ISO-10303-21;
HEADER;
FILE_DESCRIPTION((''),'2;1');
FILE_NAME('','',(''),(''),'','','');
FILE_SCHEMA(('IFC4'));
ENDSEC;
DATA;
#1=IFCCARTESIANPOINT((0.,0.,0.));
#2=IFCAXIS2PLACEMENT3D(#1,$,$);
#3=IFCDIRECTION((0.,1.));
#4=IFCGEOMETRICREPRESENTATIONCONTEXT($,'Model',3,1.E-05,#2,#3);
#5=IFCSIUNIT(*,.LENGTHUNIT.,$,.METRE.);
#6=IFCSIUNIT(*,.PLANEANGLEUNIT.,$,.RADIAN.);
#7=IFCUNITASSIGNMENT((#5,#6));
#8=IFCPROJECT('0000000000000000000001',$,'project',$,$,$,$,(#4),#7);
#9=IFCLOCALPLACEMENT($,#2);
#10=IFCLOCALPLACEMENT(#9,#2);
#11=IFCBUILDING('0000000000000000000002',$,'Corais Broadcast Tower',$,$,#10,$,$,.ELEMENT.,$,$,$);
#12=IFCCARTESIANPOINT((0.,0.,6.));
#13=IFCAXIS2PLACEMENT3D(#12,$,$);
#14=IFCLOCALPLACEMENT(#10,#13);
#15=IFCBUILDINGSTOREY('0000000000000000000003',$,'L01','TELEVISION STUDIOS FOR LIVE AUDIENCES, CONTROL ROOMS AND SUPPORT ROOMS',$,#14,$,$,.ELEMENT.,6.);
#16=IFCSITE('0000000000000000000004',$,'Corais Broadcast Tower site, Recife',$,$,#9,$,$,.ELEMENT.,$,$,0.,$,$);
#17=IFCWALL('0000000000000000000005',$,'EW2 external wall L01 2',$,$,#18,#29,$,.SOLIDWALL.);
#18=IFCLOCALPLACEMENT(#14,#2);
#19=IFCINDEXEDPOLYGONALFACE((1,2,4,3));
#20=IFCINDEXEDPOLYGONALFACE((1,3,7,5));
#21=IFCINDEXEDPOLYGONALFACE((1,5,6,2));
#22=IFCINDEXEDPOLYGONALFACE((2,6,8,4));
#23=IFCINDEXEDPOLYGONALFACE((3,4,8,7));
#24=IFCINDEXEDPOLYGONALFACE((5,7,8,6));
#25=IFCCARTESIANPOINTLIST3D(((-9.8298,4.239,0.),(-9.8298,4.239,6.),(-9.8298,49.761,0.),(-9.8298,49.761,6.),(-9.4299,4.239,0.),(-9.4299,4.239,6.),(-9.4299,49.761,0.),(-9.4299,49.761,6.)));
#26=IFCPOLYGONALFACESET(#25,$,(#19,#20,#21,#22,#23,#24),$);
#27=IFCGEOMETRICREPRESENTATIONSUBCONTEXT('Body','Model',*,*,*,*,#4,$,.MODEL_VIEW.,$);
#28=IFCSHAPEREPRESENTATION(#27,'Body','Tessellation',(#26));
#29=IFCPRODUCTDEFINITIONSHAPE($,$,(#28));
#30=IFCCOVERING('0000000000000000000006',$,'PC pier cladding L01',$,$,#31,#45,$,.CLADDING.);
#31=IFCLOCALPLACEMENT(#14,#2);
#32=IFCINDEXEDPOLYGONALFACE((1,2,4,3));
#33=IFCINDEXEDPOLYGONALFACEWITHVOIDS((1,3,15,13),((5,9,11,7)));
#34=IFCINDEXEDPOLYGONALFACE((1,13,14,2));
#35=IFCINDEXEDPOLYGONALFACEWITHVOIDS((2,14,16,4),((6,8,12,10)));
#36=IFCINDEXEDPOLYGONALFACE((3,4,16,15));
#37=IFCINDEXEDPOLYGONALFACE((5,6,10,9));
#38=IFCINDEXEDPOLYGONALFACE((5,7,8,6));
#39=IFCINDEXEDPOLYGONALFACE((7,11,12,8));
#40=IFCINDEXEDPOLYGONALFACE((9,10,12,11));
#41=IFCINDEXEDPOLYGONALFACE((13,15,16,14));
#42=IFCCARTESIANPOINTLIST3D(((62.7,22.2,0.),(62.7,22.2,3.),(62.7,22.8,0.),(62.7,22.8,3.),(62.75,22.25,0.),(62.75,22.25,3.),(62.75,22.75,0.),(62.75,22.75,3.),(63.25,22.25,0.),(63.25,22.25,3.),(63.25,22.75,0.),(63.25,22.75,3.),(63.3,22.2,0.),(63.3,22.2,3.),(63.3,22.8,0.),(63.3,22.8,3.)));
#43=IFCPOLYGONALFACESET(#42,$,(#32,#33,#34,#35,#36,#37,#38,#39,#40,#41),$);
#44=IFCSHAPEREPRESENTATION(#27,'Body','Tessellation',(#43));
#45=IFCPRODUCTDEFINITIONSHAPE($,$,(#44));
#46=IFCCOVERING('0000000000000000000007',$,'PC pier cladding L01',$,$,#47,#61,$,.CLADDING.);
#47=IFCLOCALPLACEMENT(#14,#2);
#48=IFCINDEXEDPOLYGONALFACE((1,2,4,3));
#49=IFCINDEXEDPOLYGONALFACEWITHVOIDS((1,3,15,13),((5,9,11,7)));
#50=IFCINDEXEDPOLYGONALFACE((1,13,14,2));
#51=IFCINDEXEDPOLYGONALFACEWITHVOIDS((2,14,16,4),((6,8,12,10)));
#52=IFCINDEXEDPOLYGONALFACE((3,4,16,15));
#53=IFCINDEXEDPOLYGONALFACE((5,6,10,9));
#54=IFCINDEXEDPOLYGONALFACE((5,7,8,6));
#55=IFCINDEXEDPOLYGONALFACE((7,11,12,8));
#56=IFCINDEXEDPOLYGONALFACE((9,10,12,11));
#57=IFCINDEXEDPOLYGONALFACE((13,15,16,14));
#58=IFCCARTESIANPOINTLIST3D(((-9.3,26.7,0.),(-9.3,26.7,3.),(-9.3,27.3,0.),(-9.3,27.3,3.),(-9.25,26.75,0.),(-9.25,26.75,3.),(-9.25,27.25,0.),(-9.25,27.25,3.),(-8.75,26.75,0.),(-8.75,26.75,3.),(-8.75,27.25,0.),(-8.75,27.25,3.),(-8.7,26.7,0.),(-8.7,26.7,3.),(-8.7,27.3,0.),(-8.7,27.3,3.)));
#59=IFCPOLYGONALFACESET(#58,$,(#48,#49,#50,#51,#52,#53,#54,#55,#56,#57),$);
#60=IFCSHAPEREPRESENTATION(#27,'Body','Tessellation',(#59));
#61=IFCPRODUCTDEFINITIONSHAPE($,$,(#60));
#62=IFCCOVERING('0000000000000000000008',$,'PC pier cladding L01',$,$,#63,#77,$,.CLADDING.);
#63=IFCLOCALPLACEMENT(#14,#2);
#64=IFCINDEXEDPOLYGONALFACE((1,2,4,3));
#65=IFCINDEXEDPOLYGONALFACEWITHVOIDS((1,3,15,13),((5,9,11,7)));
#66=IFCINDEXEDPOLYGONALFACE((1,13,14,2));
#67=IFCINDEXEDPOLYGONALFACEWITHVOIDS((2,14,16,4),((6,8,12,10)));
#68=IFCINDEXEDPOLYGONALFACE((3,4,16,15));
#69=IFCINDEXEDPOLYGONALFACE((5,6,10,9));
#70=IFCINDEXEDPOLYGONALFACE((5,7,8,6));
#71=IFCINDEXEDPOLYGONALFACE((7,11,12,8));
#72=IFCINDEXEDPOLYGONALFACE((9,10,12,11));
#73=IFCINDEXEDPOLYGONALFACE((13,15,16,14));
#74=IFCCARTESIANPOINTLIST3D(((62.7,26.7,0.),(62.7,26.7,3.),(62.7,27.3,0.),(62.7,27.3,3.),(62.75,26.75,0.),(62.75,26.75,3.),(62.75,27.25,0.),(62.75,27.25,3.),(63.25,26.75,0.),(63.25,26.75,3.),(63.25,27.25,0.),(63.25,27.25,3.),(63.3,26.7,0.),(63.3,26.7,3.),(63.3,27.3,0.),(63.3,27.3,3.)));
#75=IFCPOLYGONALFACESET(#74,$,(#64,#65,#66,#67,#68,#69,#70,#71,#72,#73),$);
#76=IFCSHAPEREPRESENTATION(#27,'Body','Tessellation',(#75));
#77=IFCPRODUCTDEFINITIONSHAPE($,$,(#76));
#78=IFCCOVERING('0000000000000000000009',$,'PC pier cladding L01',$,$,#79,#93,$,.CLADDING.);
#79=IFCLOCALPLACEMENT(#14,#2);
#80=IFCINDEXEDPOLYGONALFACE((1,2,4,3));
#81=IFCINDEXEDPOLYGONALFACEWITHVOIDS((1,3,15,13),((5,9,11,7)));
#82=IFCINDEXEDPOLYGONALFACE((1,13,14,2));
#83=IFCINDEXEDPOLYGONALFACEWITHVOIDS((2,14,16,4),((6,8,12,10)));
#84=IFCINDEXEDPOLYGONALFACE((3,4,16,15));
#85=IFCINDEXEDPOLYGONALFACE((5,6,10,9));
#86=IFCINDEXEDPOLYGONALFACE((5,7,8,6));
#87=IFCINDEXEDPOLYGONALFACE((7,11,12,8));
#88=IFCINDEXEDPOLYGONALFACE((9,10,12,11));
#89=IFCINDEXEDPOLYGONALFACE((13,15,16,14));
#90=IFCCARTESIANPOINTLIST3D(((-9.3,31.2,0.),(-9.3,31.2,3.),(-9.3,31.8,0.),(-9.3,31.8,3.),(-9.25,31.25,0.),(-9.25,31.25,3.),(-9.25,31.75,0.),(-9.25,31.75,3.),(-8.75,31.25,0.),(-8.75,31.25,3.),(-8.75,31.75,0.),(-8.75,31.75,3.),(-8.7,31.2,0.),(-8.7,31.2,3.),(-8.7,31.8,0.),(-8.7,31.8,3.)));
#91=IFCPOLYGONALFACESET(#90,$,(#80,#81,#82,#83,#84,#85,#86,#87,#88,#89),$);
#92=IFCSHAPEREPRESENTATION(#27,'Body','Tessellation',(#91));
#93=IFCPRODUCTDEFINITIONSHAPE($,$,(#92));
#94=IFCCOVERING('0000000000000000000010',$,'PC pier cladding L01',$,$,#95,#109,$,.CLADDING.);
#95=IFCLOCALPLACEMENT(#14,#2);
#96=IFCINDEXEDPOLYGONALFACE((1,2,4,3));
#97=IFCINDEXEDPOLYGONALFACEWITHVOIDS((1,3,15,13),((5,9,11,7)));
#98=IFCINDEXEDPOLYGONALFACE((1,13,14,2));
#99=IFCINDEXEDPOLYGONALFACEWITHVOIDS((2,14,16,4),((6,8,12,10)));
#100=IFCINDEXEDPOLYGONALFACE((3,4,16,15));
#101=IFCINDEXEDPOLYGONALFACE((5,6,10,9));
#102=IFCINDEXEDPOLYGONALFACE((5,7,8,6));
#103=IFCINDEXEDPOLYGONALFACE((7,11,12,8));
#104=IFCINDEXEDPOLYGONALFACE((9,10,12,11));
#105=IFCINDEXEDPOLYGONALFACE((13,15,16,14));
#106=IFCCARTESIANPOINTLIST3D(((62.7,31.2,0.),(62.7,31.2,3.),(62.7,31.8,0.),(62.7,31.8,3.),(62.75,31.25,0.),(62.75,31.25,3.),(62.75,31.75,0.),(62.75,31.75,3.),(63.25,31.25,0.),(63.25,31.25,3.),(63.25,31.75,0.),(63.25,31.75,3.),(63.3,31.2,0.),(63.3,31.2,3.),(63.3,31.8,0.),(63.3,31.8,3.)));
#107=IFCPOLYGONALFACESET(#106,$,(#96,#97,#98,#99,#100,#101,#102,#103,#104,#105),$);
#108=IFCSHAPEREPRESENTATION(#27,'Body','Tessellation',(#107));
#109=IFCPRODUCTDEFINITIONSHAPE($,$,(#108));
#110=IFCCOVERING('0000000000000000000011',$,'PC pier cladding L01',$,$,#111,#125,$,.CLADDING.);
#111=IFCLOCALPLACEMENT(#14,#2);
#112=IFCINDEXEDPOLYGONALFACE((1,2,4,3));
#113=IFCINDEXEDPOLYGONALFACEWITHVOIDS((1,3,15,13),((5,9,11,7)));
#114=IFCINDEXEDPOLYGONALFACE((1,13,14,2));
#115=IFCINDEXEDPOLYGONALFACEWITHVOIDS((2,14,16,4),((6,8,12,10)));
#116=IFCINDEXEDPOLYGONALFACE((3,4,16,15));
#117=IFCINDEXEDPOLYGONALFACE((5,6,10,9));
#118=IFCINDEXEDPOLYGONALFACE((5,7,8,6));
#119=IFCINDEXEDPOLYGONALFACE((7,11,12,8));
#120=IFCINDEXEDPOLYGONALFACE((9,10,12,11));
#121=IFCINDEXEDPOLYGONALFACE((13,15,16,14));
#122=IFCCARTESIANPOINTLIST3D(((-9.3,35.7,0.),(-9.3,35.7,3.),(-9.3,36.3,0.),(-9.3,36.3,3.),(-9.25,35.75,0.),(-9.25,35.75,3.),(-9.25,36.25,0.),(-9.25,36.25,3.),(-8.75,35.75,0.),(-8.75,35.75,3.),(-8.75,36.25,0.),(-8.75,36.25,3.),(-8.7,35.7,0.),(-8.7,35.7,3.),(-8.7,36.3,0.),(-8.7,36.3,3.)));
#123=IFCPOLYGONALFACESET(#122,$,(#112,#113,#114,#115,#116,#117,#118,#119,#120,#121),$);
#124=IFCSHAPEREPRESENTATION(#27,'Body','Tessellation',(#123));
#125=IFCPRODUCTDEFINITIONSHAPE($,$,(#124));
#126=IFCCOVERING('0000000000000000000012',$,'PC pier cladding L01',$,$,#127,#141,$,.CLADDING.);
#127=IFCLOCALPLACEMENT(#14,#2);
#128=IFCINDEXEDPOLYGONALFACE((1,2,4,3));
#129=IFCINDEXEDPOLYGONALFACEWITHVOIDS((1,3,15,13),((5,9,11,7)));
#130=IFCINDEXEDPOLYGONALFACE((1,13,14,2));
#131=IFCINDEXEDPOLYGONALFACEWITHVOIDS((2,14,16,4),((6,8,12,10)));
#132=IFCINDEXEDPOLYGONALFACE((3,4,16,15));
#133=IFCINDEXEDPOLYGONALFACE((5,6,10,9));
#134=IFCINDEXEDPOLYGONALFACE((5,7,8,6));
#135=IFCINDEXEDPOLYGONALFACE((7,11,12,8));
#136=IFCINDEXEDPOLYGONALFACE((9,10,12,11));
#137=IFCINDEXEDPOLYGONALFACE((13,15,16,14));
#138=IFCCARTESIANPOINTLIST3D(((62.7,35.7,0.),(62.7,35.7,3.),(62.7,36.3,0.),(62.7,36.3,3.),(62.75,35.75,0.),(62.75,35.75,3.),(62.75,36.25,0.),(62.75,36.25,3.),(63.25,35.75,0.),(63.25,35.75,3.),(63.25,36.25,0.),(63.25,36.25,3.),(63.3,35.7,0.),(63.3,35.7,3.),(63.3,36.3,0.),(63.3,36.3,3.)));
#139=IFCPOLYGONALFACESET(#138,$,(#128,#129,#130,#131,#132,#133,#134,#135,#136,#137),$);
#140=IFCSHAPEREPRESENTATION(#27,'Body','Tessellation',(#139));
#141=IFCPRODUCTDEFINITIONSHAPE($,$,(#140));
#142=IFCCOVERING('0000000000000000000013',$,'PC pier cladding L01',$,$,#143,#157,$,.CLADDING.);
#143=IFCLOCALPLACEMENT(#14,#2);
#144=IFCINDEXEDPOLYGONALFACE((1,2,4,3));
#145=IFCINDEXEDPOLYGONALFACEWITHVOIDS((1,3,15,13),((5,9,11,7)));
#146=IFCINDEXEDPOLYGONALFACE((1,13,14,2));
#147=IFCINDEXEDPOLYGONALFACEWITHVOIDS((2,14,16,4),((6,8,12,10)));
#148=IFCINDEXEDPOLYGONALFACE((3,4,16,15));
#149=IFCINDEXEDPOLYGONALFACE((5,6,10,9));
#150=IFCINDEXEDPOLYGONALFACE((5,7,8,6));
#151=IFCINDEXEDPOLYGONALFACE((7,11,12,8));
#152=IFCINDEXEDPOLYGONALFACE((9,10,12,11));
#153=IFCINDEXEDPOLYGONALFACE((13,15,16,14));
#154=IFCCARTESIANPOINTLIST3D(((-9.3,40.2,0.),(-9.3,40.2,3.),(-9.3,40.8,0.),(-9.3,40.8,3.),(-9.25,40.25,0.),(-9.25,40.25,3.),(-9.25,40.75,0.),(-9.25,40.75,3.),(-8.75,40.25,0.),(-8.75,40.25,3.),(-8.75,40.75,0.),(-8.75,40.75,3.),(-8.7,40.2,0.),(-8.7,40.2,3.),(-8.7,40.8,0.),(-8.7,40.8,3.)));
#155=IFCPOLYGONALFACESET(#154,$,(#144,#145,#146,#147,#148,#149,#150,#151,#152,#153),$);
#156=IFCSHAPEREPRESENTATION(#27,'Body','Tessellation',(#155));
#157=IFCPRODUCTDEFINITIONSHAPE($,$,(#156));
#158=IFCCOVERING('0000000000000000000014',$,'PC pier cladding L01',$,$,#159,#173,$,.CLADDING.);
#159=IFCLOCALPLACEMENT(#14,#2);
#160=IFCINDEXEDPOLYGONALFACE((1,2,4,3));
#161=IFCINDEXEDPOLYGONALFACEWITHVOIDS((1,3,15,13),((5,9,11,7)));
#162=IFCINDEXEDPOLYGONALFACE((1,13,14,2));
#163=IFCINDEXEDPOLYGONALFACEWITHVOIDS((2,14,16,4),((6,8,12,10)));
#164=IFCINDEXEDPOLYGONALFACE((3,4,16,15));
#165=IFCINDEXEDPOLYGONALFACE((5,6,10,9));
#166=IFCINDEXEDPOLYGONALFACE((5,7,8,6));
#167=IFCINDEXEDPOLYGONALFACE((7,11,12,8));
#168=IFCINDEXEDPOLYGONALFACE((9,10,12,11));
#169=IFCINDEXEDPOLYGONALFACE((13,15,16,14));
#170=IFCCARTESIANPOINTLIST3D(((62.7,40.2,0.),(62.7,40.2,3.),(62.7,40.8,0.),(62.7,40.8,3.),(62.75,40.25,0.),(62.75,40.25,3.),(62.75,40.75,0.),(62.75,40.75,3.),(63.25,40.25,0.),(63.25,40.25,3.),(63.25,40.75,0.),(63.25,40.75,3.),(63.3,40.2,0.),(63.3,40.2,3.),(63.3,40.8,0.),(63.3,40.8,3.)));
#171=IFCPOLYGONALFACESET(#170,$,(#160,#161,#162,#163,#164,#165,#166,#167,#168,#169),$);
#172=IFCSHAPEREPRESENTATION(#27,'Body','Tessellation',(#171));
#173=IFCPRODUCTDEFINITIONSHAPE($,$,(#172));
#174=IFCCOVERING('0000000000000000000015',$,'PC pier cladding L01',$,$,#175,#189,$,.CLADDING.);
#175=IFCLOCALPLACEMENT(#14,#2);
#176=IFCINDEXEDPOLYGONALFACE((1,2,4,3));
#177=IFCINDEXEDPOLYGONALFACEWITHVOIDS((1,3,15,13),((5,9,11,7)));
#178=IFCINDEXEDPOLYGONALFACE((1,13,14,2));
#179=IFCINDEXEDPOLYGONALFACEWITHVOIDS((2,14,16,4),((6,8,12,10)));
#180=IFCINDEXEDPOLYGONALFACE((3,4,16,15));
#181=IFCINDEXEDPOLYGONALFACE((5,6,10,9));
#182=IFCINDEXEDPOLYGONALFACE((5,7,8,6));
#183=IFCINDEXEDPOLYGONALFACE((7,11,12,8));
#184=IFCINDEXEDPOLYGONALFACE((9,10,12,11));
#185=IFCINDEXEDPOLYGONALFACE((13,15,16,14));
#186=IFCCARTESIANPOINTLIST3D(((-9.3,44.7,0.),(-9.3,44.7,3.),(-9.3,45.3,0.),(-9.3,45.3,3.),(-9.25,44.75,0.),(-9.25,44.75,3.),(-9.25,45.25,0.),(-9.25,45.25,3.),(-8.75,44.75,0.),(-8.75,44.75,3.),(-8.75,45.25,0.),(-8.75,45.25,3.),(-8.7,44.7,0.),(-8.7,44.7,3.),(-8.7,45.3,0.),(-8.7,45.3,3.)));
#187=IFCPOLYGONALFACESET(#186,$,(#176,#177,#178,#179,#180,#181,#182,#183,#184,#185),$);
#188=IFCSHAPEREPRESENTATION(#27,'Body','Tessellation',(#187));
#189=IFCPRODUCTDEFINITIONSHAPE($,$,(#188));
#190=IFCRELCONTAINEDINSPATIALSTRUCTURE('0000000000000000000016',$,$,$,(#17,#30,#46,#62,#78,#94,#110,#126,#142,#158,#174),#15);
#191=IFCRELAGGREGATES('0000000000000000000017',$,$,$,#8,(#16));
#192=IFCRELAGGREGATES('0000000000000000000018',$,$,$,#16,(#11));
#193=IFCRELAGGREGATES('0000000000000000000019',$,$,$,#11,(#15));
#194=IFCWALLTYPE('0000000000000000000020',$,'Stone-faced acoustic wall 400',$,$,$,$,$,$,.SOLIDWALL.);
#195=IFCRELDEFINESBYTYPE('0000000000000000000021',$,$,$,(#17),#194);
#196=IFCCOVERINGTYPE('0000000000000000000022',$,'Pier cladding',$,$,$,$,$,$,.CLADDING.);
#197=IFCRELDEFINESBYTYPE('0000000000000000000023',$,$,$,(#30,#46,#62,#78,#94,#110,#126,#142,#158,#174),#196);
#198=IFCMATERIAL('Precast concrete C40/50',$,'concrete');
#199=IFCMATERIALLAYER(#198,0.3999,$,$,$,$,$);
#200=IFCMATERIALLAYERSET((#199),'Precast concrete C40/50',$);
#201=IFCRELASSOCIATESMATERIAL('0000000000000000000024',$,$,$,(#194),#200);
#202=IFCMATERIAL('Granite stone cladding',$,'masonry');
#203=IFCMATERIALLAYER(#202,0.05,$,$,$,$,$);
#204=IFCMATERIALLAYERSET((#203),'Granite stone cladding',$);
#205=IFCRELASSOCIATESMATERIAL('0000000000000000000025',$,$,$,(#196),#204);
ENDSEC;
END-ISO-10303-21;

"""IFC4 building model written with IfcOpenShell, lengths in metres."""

from ifc_helpers import new_model, si_unit, direction, frame, frame_2d, origin, place, context, subcontext, project, spatial, polyline, rectangle, outline, extrude, material, layer, layer_set, type_object, element, save


model = new_model("IFC4")

# Units and contexts
model_context = context("Model", 3, precision=1e-05, world=origin(), true_north=direction((0.0, 1.0)))
body_context = subcontext(model_context, "Body", "Model", "MODEL_VIEW")
ifc_project = project(units=[si_unit("LENGTHUNIT", "METRE"), si_unit("PLANEANGLEUNIT", "RADIAN")], contexts=[model_context])

# Site, building, storey
site_placement = place(None, origin())
site = spatial("IfcSite", under=ifc_project, at=site_placement, Name="Corais Broadcast Tower site, Recife", CompositionType="ELEMENT", RefElevation=0.0)
building_placement = place(site_placement, origin())
building = spatial("IfcBuilding", under=site, at=building_placement, Name="Corais Broadcast Tower", CompositionType="ELEMENT")
storey_placement = place(building_placement, frame((0.0, 0.0, 6.0)))
storey = spatial("IfcBuildingStorey", under=building, at=storey_placement, Name="L01", Description="TELEVISION STUDIOS FOR LIVE AUDIENCES, CONTROL ROOMS AND SUPPORT ROOMS", CompositionType="ELEMENT", Elevation=6.0)

# Wall
ifc_material_1 = material(Name="Precast concrete C40/50", Category="concrete")
ifc_layer_1 = layer(ifc_material_1, 0.3999)
ifc_layer_set_1 = layer_set([ifc_layer_1], Name="Precast concrete C40/50")
wall_type_1 = type_object("IfcWallType", Name="Stone-faced acoustic wall 400", PredefinedType="SOLIDWALL", material=ifc_layer_set_1)
wall_1_placement = place(storey_placement, frame((-9.6299, 4.239, 0.0), z_axis=(0.0, 0.0, 1.0), x_axis=(0.0, 1.0, 0.0)))
element("IfcWall", 1, at=wall_1_placement, inside=storey, type_object=wall_type_1, Name="EW2 external wall L01 2", PredefinedType="SOLIDWALL", context=body_context, shape_type="SweptSolid", body=[
    extrude(rectangle(XDim=45.522, YDim=0.3999, at=frame_2d((22.761, 0.0))), origin(), (0.0, 0.0, 1.0), 6.0),
])

# Coverings
ifc_material_2 = material(Name="Granite stone cladding", Category="masonry")
ifc_layer_2 = layer(ifc_material_2, 0.05)
ifc_layer_set_2 = layer_set([ifc_layer_2], Name="Granite stone cladding")
covering_type = type_object("IfcCoveringType", Name="Pier cladding", PredefinedType="CLADDING", material=ifc_layer_set_2)
covering_1_placement = place(storey_placement, origin())
element("IfcCovering", 2, at=covering_1_placement, inside=storey, type_object=covering_type, Name="PC pier cladding L01", PredefinedType="CLADDING", context=body_context, shape_type="SweptSolid", body=[
    extrude(outline(polyline([(62.7, 22.2), (63.3, 22.2), (63.3, 22.8), (62.7, 22.8), (62.7, 22.2)]), holes=[polyline([(62.75, 22.25), (63.25, 22.25), (63.25, 22.75), (62.75, 22.75), (62.75, 22.25)])]), origin(), (0.0, 0.0, 1.0), 3.0),
])
covering_2_placement = place(storey_placement, origin())
element("IfcCovering", 3, at=covering_2_placement, inside=storey, type_object=covering_type, Name="PC pier cladding L01", PredefinedType="CLADDING", context=body_context, shape_type="SweptSolid", body=[
    extrude(outline(polyline([(-9.3, 26.7), (-8.7, 26.7), (-8.7, 27.3), (-9.3, 27.3), (-9.3, 26.7)]), holes=[polyline([(-9.25, 26.75), (-8.75, 26.75), (-8.75, 27.25), (-9.25, 27.25), (-9.25, 26.75)])]), origin(), (0.0, 0.0, 1.0), 3.0),
])
covering_3_placement = place(storey_placement, origin())
element("IfcCovering", 4, at=covering_3_placement, inside=storey, type_object=covering_type, Name="PC pier cladding L01", PredefinedType="CLADDING", context=body_context, shape_type="SweptSolid", body=[
    extrude(outline(polyline([(62.7, 26.7), (63.3, 26.7), (63.3, 27.3), (62.7, 27.3), (62.7, 26.7)]), holes=[polyline([(62.75, 26.75), (63.25, 26.75), (63.25, 27.25), (62.75, 27.25), (62.75, 26.75)])]), origin(), (0.0, 0.0, 1.0), 3.0),
])
covering_4_placement = place(storey_placement, origin())
element("IfcCovering", 5, at=covering_4_placement, inside=storey, type_object=covering_type, Name="PC pier cladding L01", PredefinedType="CLADDING", context=body_context, shape_type="SweptSolid", body=[
    extrude(outline(polyline([(-9.3, 31.2), (-8.7, 31.2), (-8.7, 31.8), (-9.3, 31.8), (-9.3, 31.2)]), holes=[polyline([(-9.25, 31.25), (-8.75, 31.25), (-8.75, 31.75), (-9.25, 31.75), (-9.25, 31.25)])]), origin(), (0.0, 0.0, 1.0), 3.0),
])
covering_5_placement = place(storey_placement, origin())
element("IfcCovering", 6, at=covering_5_placement, inside=storey, type_object=covering_type, Name="PC pier cladding L01", PredefinedType="CLADDING", context=body_context, shape_type="SweptSolid", body=[
    extrude(outline(polyline([(62.7, 31.2), (63.3, 31.2), (63.3, 31.8), (62.7, 31.8), (62.7, 31.2)]), holes=[polyline([(62.75, 31.25), (63.25, 31.25), (63.25, 31.75), (62.75, 31.75), (62.75, 31.25)])]), origin(), (0.0, 0.0, 1.0), 3.0),
])
covering_6_placement = place(storey_placement, origin())
element("IfcCovering", 7, at=covering_6_placement, inside=storey, type_object=covering_type, Name="PC pier cladding L01", PredefinedType="CLADDING", context=body_context, shape_type="SweptSolid", body=[
    extrude(outline(polyline([(-9.3, 35.7), (-8.7, 35.7), (-8.7, 36.3), (-9.3, 36.3), (-9.3, 35.7)]), holes=[polyline([(-9.25, 35.75), (-8.75, 35.75), (-8.75, 36.25), (-9.25, 36.25), (-9.25, 35.75)])]), origin(), (0.0, 0.0, 1.0), 3.0),
])
covering_7_placement = place(storey_placement, origin())
element("IfcCovering", 8, at=covering_7_placement, inside=storey, type_object=covering_type, Name="PC pier cladding L01", PredefinedType="CLADDING", context=body_context, shape_type="SweptSolid", body=[
    extrude(outline(polyline([(62.7, 35.7), (63.3, 35.7), (63.3, 36.3), (62.7, 36.3), (62.7, 35.7)]), holes=[polyline([(62.75, 35.75), (63.25, 35.75), (63.25, 36.25), (62.75, 36.25), (62.75, 35.75)])]), origin(), (0.0, 0.0, 1.0), 3.0),
])
covering_8_placement = place(storey_placement, origin())
element("IfcCovering", 9, at=covering_8_placement, inside=storey, type_object=covering_type, Name="PC pier cladding L01", PredefinedType="CLADDING", context=body_context, shape_type="SweptSolid", body=[
    extrude(outline(polyline([(-9.3, 40.2), (-8.7, 40.2), (-8.7, 40.8), (-9.3, 40.8), (-9.3, 40.2)]), holes=[polyline([(-9.25, 40.25), (-8.75, 40.25), (-8.75, 40.75), (-9.25, 40.75), (-9.25, 40.25)])]), origin(), (0.0, 0.0, 1.0), 3.0),
])
covering_9_placement = place(storey_placement, origin())
element("IfcCovering", 10, at=covering_9_placement, inside=storey, type_object=covering_type, Name="PC pier cladding L01", PredefinedType="CLADDING", context=body_context, shape_type="SweptSolid", body=[
    extrude(outline(polyline([(62.7, 40.2), (63.3, 40.2), (63.3, 40.8), (62.7, 40.8), (62.7, 40.2)]), holes=[polyline([(62.75, 40.25), (63.25, 40.25), (63.25, 40.75), (62.75, 40.75), (62.75, 40.25)])]), origin(), (0.0, 0.0, 1.0), 3.0),
])
covering_10_placement = place(storey_placement, origin())
element("IfcCovering", 11, at=covering_10_placement, inside=storey, type_object=covering_type, Name="PC pier cladding L01", PredefinedType="CLADDING", context=body_context, shape_type="SweptSolid", body=[
    extrude(outline(polyline([(-9.3, 44.7), (-8.7, 44.7), (-8.7, 45.3), (-9.3, 45.3), (-9.3, 44.7)]), holes=[polyline([(-9.25, 44.75), (-8.75, 44.75), (-8.75, 45.25), (-9.25, 45.25), (-9.25, 44.75)])]), origin(), (0.0, 0.0, 1.0), 3.0),
])

save(model, "model.ifc")
